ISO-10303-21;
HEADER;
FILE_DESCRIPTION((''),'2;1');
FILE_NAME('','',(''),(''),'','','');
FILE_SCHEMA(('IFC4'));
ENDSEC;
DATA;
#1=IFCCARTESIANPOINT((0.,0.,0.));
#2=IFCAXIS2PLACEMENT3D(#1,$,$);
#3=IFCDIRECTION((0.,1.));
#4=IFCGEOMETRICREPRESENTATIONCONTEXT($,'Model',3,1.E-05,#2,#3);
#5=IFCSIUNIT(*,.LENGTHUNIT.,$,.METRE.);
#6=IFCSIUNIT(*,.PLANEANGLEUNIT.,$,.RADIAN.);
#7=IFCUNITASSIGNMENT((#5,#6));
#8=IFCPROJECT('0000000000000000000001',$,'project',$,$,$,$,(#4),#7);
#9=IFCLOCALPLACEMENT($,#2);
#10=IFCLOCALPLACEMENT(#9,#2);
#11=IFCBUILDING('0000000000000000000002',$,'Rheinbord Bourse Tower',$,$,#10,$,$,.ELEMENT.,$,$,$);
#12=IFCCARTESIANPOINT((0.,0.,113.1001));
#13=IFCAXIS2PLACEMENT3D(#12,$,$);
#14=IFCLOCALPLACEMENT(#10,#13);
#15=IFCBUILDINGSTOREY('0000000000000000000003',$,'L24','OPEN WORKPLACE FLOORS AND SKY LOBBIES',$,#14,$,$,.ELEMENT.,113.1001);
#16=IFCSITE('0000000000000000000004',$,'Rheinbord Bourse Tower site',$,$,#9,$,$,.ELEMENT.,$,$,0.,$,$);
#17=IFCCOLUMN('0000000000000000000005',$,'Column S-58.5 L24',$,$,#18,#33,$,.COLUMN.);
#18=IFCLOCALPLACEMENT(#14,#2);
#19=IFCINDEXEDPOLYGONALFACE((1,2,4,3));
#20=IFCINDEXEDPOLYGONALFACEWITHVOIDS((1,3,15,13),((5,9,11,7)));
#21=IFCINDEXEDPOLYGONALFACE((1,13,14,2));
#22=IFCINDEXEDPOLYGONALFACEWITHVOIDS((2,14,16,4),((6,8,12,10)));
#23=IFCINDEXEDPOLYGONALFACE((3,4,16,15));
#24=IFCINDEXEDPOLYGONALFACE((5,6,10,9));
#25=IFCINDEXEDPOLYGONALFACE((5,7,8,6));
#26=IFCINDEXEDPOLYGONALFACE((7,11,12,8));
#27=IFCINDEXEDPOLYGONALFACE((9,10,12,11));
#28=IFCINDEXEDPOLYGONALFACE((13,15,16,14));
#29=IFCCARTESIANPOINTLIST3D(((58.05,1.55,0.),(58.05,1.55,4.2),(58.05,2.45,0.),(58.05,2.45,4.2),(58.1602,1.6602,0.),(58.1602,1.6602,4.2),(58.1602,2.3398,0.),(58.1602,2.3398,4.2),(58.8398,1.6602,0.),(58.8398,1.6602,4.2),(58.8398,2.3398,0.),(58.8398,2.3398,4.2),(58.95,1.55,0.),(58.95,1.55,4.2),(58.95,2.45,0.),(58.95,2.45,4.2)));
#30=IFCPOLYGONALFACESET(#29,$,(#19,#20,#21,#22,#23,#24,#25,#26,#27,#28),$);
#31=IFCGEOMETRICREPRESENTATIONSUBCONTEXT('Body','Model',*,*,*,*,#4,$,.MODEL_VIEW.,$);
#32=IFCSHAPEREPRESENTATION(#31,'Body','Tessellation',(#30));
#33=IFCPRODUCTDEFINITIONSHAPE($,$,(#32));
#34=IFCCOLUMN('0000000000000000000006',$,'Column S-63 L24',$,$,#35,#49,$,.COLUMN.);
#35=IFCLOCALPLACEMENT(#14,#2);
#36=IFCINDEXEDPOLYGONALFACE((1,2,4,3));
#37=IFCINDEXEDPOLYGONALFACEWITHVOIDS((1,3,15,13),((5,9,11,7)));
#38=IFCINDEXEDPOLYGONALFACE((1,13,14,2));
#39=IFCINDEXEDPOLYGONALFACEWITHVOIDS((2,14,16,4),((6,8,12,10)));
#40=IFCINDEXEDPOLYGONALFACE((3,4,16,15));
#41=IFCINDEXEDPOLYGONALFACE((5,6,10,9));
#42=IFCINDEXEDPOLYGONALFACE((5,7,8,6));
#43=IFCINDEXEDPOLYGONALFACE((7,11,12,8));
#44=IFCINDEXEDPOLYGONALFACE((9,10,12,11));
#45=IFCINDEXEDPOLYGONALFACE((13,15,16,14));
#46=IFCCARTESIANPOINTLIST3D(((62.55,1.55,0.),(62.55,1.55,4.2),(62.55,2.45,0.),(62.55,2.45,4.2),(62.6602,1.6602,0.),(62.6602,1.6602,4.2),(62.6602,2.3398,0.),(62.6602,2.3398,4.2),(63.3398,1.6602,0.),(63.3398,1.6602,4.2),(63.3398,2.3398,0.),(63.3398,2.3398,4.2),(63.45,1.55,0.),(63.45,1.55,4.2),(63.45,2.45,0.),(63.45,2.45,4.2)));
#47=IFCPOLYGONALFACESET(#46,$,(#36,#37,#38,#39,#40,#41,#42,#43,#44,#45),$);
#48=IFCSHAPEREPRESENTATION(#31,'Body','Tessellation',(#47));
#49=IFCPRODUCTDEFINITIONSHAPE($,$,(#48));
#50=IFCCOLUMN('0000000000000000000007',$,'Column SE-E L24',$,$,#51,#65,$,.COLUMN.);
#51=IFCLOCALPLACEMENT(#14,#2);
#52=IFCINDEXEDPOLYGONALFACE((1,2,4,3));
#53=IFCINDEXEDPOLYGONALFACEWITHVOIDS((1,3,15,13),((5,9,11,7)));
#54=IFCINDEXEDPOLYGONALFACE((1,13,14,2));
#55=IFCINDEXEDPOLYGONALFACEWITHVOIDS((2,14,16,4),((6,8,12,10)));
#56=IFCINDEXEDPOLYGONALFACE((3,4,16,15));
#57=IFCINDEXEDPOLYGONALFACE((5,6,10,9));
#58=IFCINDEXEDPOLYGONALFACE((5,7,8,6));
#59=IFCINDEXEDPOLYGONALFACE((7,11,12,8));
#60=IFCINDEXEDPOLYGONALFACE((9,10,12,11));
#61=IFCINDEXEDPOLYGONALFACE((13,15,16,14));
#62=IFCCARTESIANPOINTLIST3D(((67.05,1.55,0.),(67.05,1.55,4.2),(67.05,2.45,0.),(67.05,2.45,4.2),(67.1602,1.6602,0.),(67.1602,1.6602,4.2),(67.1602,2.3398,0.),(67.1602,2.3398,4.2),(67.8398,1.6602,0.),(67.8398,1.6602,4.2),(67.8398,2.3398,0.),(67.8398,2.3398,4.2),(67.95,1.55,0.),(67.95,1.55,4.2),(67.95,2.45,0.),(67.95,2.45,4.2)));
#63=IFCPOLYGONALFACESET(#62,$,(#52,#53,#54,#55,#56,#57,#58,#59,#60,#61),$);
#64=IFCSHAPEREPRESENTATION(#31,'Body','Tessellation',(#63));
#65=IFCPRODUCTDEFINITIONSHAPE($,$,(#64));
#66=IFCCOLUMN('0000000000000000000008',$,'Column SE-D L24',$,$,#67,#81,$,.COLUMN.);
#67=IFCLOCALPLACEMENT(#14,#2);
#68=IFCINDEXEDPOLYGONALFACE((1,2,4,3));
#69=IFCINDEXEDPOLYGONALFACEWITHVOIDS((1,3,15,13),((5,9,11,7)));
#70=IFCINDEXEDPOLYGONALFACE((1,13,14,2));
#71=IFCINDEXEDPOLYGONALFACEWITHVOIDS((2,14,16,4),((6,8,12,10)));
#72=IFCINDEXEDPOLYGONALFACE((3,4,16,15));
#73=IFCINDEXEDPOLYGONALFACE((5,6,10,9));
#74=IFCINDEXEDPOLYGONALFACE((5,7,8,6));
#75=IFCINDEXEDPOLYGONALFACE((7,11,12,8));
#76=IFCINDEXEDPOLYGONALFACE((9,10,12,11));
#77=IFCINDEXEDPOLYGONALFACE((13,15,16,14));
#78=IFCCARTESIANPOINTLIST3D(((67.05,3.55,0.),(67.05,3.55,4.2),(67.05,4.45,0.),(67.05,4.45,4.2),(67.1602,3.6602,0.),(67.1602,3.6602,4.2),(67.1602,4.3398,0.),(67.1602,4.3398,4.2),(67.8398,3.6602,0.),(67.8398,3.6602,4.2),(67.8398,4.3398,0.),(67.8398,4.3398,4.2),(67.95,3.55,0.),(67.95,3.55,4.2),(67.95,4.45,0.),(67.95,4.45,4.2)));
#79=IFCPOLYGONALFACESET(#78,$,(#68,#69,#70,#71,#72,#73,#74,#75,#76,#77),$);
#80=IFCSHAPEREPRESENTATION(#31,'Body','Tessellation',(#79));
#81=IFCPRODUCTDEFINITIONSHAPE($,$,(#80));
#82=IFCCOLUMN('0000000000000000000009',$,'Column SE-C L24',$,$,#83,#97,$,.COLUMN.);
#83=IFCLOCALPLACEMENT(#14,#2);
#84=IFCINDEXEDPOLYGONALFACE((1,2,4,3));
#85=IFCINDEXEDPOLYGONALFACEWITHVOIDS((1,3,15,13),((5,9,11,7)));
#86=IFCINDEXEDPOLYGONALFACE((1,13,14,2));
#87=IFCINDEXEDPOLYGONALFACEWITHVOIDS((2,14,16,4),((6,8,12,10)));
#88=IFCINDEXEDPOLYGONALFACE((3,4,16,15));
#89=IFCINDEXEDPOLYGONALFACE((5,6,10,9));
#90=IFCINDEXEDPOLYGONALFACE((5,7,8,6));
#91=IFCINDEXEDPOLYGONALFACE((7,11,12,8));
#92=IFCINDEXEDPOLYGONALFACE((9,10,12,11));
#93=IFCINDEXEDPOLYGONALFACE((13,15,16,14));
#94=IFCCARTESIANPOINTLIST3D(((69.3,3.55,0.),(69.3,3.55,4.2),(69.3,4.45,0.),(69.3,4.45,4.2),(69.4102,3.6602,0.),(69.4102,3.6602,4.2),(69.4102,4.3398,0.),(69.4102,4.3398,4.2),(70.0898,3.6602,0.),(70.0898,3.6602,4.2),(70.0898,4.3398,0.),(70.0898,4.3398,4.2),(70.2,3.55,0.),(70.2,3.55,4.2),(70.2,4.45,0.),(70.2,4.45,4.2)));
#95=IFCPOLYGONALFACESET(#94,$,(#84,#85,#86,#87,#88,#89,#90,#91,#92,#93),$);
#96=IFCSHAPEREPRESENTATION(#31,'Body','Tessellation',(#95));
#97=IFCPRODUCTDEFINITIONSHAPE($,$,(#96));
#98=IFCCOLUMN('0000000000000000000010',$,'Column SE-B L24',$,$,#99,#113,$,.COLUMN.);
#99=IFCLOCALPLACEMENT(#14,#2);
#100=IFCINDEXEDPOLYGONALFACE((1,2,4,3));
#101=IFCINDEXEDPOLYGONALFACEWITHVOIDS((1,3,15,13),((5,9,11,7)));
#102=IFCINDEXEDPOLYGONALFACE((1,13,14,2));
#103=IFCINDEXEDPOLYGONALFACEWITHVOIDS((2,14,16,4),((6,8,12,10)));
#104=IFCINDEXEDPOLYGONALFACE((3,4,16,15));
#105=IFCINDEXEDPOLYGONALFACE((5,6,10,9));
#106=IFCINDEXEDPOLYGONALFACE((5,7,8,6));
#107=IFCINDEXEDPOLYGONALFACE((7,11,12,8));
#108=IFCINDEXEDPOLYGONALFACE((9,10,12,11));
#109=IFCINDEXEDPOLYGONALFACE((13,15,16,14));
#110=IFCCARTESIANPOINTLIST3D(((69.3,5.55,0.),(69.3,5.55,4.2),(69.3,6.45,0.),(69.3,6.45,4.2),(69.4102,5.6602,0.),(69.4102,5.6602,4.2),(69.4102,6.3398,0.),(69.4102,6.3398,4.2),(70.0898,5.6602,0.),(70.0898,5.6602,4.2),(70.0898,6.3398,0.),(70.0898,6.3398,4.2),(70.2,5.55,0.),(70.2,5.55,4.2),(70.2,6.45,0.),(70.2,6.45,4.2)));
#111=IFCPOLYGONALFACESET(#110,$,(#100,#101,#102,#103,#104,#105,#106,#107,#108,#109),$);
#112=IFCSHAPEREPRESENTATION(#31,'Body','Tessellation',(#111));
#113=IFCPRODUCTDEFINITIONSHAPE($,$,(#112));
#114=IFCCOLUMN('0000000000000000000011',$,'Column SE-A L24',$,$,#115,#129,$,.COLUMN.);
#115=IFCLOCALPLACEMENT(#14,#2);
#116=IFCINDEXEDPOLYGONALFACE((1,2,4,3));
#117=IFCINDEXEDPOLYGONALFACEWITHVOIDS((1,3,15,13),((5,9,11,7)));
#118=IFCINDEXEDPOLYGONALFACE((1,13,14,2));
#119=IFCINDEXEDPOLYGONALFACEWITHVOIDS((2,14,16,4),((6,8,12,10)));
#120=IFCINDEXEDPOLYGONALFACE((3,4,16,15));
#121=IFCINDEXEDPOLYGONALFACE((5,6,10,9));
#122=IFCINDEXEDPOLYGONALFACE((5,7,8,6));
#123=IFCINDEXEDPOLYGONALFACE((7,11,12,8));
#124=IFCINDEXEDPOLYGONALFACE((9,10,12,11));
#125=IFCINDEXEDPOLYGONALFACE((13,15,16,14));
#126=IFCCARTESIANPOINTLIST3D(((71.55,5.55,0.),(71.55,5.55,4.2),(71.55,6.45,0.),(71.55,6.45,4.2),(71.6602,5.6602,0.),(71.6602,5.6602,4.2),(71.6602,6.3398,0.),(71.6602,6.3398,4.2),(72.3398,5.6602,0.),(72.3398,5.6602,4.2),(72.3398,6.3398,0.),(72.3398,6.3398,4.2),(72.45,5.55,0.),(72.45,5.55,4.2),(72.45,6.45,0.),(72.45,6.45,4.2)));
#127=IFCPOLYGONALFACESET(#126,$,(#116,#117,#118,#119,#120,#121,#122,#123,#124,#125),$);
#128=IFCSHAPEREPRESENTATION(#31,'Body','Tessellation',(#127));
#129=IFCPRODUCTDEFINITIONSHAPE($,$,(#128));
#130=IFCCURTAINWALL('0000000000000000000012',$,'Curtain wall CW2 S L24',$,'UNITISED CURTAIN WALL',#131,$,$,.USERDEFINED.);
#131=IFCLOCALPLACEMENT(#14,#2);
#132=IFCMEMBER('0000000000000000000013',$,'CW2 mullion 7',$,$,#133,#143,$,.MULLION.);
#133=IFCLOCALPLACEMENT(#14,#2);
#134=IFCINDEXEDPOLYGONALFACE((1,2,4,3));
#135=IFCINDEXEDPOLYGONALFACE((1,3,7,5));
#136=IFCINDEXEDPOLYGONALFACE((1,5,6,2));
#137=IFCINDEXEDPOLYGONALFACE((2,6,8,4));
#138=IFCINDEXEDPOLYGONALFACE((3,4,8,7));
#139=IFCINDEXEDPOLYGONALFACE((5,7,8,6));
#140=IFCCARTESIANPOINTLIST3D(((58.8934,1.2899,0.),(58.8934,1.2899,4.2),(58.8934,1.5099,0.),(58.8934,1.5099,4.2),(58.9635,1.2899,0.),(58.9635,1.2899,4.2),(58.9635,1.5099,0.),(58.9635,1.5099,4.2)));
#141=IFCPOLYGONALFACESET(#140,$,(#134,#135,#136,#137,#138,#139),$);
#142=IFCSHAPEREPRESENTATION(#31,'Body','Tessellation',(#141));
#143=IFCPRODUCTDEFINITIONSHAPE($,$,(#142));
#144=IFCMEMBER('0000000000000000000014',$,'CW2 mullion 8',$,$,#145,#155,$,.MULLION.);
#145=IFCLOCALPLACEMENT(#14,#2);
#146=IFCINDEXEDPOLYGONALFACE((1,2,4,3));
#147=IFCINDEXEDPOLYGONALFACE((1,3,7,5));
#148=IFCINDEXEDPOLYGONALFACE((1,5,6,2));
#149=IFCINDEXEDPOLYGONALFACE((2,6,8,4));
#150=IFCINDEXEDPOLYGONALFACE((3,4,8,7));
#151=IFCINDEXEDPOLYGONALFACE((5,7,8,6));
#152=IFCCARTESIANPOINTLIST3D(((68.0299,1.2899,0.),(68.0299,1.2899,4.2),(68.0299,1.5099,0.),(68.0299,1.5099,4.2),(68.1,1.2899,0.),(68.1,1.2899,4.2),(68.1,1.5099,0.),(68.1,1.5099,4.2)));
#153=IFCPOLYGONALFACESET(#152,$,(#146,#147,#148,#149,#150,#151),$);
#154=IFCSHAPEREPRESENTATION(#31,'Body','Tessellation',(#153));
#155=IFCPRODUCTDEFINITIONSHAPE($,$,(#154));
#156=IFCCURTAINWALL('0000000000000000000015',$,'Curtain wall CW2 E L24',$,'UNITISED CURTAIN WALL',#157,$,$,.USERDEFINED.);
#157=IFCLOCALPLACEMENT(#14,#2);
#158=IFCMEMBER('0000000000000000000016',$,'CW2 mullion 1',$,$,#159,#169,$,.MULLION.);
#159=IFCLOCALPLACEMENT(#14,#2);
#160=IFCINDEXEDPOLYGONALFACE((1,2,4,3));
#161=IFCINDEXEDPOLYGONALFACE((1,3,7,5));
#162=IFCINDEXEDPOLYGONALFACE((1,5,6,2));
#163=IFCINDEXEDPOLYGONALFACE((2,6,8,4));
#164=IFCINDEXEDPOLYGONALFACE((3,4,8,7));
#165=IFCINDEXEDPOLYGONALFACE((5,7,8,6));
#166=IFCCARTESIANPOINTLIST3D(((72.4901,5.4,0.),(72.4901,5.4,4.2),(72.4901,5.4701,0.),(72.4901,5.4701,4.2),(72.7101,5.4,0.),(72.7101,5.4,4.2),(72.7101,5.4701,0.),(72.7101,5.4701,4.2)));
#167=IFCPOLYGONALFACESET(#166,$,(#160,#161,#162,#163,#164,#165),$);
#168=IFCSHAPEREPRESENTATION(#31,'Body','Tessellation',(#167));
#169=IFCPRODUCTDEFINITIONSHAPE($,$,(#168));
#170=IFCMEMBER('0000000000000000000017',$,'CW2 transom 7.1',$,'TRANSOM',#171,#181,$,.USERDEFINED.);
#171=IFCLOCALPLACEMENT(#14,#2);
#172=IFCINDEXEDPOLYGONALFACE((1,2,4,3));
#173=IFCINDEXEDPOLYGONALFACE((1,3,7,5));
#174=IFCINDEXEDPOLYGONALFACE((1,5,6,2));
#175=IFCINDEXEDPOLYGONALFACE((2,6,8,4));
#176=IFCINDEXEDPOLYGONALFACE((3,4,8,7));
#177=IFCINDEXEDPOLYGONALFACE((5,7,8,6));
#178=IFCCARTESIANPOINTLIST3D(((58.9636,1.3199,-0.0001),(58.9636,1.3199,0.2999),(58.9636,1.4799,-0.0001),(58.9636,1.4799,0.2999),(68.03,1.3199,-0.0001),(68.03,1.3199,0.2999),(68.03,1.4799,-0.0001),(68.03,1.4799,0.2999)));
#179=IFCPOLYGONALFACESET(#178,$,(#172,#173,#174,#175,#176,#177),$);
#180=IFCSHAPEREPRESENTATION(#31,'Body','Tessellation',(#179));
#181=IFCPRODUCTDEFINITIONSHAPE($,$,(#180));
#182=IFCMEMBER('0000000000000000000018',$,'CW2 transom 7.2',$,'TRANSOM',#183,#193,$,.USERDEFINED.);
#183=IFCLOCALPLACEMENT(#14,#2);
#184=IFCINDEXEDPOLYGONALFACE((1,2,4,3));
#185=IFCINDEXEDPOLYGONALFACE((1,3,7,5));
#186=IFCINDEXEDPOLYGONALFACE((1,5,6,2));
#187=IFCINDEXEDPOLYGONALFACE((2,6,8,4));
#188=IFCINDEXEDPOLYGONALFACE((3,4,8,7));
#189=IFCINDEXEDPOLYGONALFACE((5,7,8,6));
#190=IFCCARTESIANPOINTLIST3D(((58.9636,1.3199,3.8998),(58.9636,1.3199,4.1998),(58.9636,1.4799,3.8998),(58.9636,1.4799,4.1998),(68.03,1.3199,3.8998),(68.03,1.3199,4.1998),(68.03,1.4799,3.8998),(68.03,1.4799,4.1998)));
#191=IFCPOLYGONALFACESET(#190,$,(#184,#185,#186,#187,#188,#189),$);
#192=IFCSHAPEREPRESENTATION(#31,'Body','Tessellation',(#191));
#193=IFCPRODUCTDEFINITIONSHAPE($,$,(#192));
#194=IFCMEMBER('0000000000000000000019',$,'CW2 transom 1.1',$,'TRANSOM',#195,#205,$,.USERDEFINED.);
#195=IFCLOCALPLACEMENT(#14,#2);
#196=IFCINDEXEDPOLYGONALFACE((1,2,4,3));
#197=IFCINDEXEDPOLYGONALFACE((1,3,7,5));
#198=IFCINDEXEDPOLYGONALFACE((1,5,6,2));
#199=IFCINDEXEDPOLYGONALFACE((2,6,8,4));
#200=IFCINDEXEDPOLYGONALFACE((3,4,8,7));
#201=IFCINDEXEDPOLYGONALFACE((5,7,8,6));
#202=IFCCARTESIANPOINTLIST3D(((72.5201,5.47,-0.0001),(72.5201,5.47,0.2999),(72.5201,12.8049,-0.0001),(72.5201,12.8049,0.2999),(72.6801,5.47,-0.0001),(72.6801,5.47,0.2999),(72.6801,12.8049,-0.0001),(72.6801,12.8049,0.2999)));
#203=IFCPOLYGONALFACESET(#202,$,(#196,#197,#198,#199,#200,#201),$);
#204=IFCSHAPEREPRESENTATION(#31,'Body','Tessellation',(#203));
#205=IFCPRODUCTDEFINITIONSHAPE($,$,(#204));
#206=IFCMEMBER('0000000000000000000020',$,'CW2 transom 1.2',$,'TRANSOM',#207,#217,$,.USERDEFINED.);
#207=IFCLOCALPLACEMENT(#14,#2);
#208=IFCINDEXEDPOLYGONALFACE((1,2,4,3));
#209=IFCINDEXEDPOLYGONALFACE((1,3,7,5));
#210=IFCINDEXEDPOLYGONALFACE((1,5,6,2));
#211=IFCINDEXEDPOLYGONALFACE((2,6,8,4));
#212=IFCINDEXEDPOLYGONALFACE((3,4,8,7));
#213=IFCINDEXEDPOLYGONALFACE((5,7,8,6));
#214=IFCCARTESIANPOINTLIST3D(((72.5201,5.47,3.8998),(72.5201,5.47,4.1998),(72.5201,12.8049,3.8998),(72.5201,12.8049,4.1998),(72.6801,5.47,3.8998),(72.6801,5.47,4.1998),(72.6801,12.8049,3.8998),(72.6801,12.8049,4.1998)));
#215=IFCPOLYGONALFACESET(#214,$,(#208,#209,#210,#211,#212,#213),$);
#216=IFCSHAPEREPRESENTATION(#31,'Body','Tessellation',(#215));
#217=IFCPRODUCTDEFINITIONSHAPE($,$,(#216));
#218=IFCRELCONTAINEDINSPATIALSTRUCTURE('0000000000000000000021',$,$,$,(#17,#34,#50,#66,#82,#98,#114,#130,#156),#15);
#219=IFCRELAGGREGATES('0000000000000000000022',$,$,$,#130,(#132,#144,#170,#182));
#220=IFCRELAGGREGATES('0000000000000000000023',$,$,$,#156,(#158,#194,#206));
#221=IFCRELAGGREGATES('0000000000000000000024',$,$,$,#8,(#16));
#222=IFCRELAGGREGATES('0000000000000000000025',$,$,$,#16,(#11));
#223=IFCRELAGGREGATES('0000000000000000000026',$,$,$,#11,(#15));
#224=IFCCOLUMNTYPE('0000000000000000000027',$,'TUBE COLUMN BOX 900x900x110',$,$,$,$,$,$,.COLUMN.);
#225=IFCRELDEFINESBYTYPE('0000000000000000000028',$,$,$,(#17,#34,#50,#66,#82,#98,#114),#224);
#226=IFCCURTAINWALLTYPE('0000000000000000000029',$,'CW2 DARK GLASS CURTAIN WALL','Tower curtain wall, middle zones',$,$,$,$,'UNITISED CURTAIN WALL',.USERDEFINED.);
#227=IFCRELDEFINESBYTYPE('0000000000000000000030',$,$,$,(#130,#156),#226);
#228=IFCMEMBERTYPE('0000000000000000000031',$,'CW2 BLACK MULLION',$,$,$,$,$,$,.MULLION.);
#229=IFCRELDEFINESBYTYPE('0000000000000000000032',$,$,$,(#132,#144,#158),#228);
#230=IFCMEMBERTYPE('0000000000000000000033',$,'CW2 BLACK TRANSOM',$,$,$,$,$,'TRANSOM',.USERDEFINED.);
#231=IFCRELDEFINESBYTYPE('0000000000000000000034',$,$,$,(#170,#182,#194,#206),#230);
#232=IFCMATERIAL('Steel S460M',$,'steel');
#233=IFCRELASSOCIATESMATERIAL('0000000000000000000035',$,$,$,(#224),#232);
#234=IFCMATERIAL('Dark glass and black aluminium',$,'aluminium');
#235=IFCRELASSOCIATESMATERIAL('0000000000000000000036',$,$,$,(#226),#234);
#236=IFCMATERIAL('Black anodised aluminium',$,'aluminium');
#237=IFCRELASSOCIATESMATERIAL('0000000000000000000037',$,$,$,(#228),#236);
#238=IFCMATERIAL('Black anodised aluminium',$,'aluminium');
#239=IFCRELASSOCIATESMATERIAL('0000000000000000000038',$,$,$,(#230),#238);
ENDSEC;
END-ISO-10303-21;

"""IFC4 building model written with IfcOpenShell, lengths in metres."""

from ifc_helpers import new_model, si_unit, direction, frame, origin, origin_2d, place, context, subcontext, project, spatial, rectangle, hollow_rectangle, extrude, material, material_profile, profile_set, type_object, element, aggregate, save


model = new_model("IFC4")

# Units and contexts
model_context = context("Model", 3, precision=1e-05, world=origin(), true_north=direction((0.0, 1.0)))
body_context = subcontext(model_context, "Body", "Model", "MODEL_VIEW")
ifc_project = project(units=[si_unit("LENGTHUNIT", "METRE"), si_unit("PLANEANGLEUNIT", "RADIAN")], contexts=[model_context])

# Site, building, storey
site_placement = place(None, origin())
site = spatial("IfcSite", under=ifc_project, at=site_placement, Name="Rheinbord Bourse Tower site", CompositionType="ELEMENT", RefElevation=0.0)
building_placement = place(site_placement, origin())
building = spatial("IfcBuilding", under=site, at=building_placement, Name="Rheinbord Bourse Tower", CompositionType="ELEMENT")
storey_placement = place(building_placement, frame((0.0, 0.0, 113.1001)))
storey = spatial("IfcBuildingStorey", under=building, at=storey_placement, Name="L24", Description="OPEN WORKPLACE FLOORS AND SKY LOBBIES", CompositionType="ELEMENT", Elevation=113.1001)

# Columns
ifc_material_1 = material(Name="Steel S460M", Category="steel")
ifc_material_profile_1 = material_profile(ifc_material_1, hollow_rectangle(XDim=0.8999, YDim=0.8999, WallThickness=0.1101, at=origin_2d()), Name="BOX 900x900x110")
ifc_profile_set_1 = profile_set([ifc_material_profile_1], Name="Steel S460M")
column_type = type_object("IfcColumnType", Name="TUBE COLUMN BOX 900x900x110", PredefinedType="COLUMN", material=ifc_profile_set_1)
for number, where, z_axis, x_axis, name in (
    (1, (58.5, 2.0, 0.0), (0.0, 0.0, 1.0), (0.0, 1.0, 0.0), "Column S-58.5 L24"),
    (2, (63.0, 2.0, 0.0), (0.0, 0.0, 1.0), (0.0, 1.0, 0.0), "Column S-63 L24"),
    (3, (67.5, 2.0, 0.0), (0.0, 0.0, 1.0), (0.0, 1.0, 0.0), "Column SE-E L24"),
    (4, (67.5, 4.0, 0.0), (0.0, 0.0, 1.0), (0.0, 1.0, 0.0), "Column SE-D L24"),
    (5, (69.75, 4.0, 0.0), (0.0, 0.0, 1.0), (1.0, 0.0, 0.0), "Column SE-C L24"),
    (6, (69.75, 6.0, 0.0), (0.0, 0.0, 1.0), (1.0, 0.0, 0.0), "Column SE-B L24"),
    (7, (72.0, 6.0, 0.0), (0.0, 0.0, 1.0), (1.0, 0.0, 0.0), "Column SE-A L24"),
):
    element("IfcColumn", number, at=place(storey_placement, frame(where, z_axis=z_axis, x_axis=x_axis)), inside=storey, type_object=column_type, Name=name, PredefinedType="COLUMN", context=body_context, shape_type="SweptSolid", body=[
        extrude(hollow_rectangle(XDim=0.8999, YDim=0.8999, WallThickness=0.1101, at=origin_2d()), origin(), (0.0, 0.0, 1.0), 4.2),
    ])

# Curtain wall, members
ifc_material_2 = material(Name="Dark glass and black aluminium", Category="aluminium")
curtain_wall_type = type_object("IfcCurtainWallType", Name="CW2 DARK GLASS CURTAIN WALL", Description="Tower curtain wall, middle zones", ElementType="UNITISED CURTAIN WALL", PredefinedType="USERDEFINED", material=ifc_material_2)
curtain_wall_1_placement = place(storey_placement, origin())
curtain_wall_1 = element("IfcCurtainWall", 8, at=curtain_wall_1_placement, inside=storey, type_object=curtain_wall_type, Name="Curtain wall CW2 S L24", ObjectType="UNITISED CURTAIN WALL", PredefinedType="USERDEFINED")
ifc_material_3 = material(Name="Black anodised aluminium", Category="aluminium")
ifc_material_profile_2 = material_profile(ifc_material_3, rectangle(XDim=0.22, YDim=0.0701, at=origin_2d()), Name="CW2 MULLION 70x220")
ifc_profile_set_2 = profile_set([ifc_material_profile_2], Name="Black anodised aluminium")
member_type_1 = type_object("IfcMemberType", Name="CW2 BLACK MULLION", PredefinedType="MULLION", material=ifc_profile_set_2)
member_1_placement = place(storey_placement, frame((58.9285, 1.3999, 0.0), z_axis=(0.0, 0.0, 1.0), x_axis=(0.0, 1.0, 0.0)))
member_1 = element("IfcMember", 9, at=member_1_placement, type_object=member_type_1, Name="CW2 mullion 7", PredefinedType="MULLION", context=body_context, shape_type="SweptSolid", body=[
    extrude(rectangle(XDim=0.22, YDim=0.0701, at=origin_2d()), origin(), (0.0, 0.0, 1.0), 4.2),
])
member_2_placement = place(storey_placement, frame((68.0649, 1.3999, 0.0), z_axis=(0.0, 0.0, 1.0), x_axis=(0.0, 1.0, 0.0)))
member_2 = element("IfcMember", 10, at=member_2_placement, type_object=member_type_1, Name="CW2 mullion 8", PredefinedType="MULLION", context=body_context, shape_type="SweptSolid", body=[
    extrude(rectangle(XDim=0.22, YDim=0.0701, at=origin_2d()), origin(), (0.0, 0.0, 1.0), 4.2),
])

# Curtain wall, member
curtain_wall_2_placement = place(storey_placement, origin())
curtain_wall_2 = element("IfcCurtainWall", 11, at=curtain_wall_2_placement, inside=storey, type_object=curtain_wall_type, Name="Curtain wall CW2 E L24", ObjectType="UNITISED CURTAIN WALL", PredefinedType="USERDEFINED")
member_3_placement = place(storey_placement, frame((72.6001, 5.4351, 0.0), z_axis=(0.0, 0.0, 1.0), x_axis=(-1.0, 0.0, 0.0)))
member_3 = element("IfcMember", 12, at=member_3_placement, type_object=member_type_1, Name="CW2 mullion 1", PredefinedType="MULLION", context=body_context, shape_type="SweptSolid", body=[
    extrude(rectangle(XDim=0.22, YDim=0.0701, at=origin_2d()), origin(), (0.0, 0.0, 1.0), 4.2),
])

# Members
ifc_material_4 = material(Name="Black anodised aluminium", Category="aluminium")
ifc_material_profile_3 = material_profile(ifc_material_4, rectangle(XDim=0.1599, YDim=0.3, at=origin_2d()), Name="CW2 TRANSOM 300x160")
ifc_profile_set_3 = profile_set([ifc_material_profile_3], Name="Black anodised aluminium")
member_type_2 = type_object("IfcMemberType", Name="CW2 BLACK TRANSOM", ElementType="TRANSOM", PredefinedType="USERDEFINED", material=ifc_profile_set_3)
member_4_placement = place(storey_placement, frame((58.9636, 1.3999, 0.1499), z_axis=(1.0, 0.0, 0.0), x_axis=(0.0, 1.0, 0.0)))
member_4 = element("IfcMember", 13, at=member_4_placement, type_object=member_type_2, Name="CW2 transom 7.1", ObjectType="TRANSOM", PredefinedType="USERDEFINED", context=body_context, shape_type="SweptSolid", body=[
    extrude(rectangle(XDim=0.1599, YDim=0.3, at=origin_2d()), origin(), (0.0, 0.0, 1.0), 9.0664),
])
member_5_placement = place(storey_placement, frame((58.9636, 1.3999, 4.0498), z_axis=(1.0, 0.0, 0.0), x_axis=(0.0, 1.0, 0.0)))
member_5 = element("IfcMember", 14, at=member_5_placement, type_object=member_type_2, Name="CW2 transom 7.2", ObjectType="TRANSOM", PredefinedType="USERDEFINED", context=body_context, shape_type="SweptSolid", body=[
    extrude(rectangle(XDim=0.1599, YDim=0.3, at=origin_2d()), origin(), (0.0, 0.0, 1.0), 9.0664),
])
member_6_placement = place(storey_placement, frame((72.6001, 5.47, 0.1499), z_axis=(0.0, 1.0, 0.0), x_axis=(-1.0, 0.0, 0.0)))
member_6 = element("IfcMember", 15, at=member_6_placement, type_object=member_type_2, Name="CW2 transom 1.1", ObjectType="TRANSOM", PredefinedType="USERDEFINED", context=body_context, shape_type="SweptSolid", body=[
    extrude(rectangle(XDim=0.1599, YDim=0.3, at=origin_2d()), origin(), (0.0, 0.0, 1.0), 7.335),
])
member_7_placement = place(storey_placement, frame((72.6001, 5.47, 4.0498), z_axis=(0.0, 1.0, 0.0), x_axis=(-1.0, 0.0, 0.0)))
member_7 = element("IfcMember", 16, at=member_7_placement, type_object=member_type_2, Name="CW2 transom 1.2", ObjectType="TRANSOM", PredefinedType="USERDEFINED", context=body_context, shape_type="SweptSolid", body=[
    extrude(rectangle(XDim=0.1599, YDim=0.3, at=origin_2d()), origin(), (0.0, 0.0, 1.0), 7.335),
])

aggregate(curtain_wall_1, [member_1, member_2, member_4, member_5])
aggregate(curtain_wall_2, [member_3, member_6, member_7])

save(model, "model.ifc")
